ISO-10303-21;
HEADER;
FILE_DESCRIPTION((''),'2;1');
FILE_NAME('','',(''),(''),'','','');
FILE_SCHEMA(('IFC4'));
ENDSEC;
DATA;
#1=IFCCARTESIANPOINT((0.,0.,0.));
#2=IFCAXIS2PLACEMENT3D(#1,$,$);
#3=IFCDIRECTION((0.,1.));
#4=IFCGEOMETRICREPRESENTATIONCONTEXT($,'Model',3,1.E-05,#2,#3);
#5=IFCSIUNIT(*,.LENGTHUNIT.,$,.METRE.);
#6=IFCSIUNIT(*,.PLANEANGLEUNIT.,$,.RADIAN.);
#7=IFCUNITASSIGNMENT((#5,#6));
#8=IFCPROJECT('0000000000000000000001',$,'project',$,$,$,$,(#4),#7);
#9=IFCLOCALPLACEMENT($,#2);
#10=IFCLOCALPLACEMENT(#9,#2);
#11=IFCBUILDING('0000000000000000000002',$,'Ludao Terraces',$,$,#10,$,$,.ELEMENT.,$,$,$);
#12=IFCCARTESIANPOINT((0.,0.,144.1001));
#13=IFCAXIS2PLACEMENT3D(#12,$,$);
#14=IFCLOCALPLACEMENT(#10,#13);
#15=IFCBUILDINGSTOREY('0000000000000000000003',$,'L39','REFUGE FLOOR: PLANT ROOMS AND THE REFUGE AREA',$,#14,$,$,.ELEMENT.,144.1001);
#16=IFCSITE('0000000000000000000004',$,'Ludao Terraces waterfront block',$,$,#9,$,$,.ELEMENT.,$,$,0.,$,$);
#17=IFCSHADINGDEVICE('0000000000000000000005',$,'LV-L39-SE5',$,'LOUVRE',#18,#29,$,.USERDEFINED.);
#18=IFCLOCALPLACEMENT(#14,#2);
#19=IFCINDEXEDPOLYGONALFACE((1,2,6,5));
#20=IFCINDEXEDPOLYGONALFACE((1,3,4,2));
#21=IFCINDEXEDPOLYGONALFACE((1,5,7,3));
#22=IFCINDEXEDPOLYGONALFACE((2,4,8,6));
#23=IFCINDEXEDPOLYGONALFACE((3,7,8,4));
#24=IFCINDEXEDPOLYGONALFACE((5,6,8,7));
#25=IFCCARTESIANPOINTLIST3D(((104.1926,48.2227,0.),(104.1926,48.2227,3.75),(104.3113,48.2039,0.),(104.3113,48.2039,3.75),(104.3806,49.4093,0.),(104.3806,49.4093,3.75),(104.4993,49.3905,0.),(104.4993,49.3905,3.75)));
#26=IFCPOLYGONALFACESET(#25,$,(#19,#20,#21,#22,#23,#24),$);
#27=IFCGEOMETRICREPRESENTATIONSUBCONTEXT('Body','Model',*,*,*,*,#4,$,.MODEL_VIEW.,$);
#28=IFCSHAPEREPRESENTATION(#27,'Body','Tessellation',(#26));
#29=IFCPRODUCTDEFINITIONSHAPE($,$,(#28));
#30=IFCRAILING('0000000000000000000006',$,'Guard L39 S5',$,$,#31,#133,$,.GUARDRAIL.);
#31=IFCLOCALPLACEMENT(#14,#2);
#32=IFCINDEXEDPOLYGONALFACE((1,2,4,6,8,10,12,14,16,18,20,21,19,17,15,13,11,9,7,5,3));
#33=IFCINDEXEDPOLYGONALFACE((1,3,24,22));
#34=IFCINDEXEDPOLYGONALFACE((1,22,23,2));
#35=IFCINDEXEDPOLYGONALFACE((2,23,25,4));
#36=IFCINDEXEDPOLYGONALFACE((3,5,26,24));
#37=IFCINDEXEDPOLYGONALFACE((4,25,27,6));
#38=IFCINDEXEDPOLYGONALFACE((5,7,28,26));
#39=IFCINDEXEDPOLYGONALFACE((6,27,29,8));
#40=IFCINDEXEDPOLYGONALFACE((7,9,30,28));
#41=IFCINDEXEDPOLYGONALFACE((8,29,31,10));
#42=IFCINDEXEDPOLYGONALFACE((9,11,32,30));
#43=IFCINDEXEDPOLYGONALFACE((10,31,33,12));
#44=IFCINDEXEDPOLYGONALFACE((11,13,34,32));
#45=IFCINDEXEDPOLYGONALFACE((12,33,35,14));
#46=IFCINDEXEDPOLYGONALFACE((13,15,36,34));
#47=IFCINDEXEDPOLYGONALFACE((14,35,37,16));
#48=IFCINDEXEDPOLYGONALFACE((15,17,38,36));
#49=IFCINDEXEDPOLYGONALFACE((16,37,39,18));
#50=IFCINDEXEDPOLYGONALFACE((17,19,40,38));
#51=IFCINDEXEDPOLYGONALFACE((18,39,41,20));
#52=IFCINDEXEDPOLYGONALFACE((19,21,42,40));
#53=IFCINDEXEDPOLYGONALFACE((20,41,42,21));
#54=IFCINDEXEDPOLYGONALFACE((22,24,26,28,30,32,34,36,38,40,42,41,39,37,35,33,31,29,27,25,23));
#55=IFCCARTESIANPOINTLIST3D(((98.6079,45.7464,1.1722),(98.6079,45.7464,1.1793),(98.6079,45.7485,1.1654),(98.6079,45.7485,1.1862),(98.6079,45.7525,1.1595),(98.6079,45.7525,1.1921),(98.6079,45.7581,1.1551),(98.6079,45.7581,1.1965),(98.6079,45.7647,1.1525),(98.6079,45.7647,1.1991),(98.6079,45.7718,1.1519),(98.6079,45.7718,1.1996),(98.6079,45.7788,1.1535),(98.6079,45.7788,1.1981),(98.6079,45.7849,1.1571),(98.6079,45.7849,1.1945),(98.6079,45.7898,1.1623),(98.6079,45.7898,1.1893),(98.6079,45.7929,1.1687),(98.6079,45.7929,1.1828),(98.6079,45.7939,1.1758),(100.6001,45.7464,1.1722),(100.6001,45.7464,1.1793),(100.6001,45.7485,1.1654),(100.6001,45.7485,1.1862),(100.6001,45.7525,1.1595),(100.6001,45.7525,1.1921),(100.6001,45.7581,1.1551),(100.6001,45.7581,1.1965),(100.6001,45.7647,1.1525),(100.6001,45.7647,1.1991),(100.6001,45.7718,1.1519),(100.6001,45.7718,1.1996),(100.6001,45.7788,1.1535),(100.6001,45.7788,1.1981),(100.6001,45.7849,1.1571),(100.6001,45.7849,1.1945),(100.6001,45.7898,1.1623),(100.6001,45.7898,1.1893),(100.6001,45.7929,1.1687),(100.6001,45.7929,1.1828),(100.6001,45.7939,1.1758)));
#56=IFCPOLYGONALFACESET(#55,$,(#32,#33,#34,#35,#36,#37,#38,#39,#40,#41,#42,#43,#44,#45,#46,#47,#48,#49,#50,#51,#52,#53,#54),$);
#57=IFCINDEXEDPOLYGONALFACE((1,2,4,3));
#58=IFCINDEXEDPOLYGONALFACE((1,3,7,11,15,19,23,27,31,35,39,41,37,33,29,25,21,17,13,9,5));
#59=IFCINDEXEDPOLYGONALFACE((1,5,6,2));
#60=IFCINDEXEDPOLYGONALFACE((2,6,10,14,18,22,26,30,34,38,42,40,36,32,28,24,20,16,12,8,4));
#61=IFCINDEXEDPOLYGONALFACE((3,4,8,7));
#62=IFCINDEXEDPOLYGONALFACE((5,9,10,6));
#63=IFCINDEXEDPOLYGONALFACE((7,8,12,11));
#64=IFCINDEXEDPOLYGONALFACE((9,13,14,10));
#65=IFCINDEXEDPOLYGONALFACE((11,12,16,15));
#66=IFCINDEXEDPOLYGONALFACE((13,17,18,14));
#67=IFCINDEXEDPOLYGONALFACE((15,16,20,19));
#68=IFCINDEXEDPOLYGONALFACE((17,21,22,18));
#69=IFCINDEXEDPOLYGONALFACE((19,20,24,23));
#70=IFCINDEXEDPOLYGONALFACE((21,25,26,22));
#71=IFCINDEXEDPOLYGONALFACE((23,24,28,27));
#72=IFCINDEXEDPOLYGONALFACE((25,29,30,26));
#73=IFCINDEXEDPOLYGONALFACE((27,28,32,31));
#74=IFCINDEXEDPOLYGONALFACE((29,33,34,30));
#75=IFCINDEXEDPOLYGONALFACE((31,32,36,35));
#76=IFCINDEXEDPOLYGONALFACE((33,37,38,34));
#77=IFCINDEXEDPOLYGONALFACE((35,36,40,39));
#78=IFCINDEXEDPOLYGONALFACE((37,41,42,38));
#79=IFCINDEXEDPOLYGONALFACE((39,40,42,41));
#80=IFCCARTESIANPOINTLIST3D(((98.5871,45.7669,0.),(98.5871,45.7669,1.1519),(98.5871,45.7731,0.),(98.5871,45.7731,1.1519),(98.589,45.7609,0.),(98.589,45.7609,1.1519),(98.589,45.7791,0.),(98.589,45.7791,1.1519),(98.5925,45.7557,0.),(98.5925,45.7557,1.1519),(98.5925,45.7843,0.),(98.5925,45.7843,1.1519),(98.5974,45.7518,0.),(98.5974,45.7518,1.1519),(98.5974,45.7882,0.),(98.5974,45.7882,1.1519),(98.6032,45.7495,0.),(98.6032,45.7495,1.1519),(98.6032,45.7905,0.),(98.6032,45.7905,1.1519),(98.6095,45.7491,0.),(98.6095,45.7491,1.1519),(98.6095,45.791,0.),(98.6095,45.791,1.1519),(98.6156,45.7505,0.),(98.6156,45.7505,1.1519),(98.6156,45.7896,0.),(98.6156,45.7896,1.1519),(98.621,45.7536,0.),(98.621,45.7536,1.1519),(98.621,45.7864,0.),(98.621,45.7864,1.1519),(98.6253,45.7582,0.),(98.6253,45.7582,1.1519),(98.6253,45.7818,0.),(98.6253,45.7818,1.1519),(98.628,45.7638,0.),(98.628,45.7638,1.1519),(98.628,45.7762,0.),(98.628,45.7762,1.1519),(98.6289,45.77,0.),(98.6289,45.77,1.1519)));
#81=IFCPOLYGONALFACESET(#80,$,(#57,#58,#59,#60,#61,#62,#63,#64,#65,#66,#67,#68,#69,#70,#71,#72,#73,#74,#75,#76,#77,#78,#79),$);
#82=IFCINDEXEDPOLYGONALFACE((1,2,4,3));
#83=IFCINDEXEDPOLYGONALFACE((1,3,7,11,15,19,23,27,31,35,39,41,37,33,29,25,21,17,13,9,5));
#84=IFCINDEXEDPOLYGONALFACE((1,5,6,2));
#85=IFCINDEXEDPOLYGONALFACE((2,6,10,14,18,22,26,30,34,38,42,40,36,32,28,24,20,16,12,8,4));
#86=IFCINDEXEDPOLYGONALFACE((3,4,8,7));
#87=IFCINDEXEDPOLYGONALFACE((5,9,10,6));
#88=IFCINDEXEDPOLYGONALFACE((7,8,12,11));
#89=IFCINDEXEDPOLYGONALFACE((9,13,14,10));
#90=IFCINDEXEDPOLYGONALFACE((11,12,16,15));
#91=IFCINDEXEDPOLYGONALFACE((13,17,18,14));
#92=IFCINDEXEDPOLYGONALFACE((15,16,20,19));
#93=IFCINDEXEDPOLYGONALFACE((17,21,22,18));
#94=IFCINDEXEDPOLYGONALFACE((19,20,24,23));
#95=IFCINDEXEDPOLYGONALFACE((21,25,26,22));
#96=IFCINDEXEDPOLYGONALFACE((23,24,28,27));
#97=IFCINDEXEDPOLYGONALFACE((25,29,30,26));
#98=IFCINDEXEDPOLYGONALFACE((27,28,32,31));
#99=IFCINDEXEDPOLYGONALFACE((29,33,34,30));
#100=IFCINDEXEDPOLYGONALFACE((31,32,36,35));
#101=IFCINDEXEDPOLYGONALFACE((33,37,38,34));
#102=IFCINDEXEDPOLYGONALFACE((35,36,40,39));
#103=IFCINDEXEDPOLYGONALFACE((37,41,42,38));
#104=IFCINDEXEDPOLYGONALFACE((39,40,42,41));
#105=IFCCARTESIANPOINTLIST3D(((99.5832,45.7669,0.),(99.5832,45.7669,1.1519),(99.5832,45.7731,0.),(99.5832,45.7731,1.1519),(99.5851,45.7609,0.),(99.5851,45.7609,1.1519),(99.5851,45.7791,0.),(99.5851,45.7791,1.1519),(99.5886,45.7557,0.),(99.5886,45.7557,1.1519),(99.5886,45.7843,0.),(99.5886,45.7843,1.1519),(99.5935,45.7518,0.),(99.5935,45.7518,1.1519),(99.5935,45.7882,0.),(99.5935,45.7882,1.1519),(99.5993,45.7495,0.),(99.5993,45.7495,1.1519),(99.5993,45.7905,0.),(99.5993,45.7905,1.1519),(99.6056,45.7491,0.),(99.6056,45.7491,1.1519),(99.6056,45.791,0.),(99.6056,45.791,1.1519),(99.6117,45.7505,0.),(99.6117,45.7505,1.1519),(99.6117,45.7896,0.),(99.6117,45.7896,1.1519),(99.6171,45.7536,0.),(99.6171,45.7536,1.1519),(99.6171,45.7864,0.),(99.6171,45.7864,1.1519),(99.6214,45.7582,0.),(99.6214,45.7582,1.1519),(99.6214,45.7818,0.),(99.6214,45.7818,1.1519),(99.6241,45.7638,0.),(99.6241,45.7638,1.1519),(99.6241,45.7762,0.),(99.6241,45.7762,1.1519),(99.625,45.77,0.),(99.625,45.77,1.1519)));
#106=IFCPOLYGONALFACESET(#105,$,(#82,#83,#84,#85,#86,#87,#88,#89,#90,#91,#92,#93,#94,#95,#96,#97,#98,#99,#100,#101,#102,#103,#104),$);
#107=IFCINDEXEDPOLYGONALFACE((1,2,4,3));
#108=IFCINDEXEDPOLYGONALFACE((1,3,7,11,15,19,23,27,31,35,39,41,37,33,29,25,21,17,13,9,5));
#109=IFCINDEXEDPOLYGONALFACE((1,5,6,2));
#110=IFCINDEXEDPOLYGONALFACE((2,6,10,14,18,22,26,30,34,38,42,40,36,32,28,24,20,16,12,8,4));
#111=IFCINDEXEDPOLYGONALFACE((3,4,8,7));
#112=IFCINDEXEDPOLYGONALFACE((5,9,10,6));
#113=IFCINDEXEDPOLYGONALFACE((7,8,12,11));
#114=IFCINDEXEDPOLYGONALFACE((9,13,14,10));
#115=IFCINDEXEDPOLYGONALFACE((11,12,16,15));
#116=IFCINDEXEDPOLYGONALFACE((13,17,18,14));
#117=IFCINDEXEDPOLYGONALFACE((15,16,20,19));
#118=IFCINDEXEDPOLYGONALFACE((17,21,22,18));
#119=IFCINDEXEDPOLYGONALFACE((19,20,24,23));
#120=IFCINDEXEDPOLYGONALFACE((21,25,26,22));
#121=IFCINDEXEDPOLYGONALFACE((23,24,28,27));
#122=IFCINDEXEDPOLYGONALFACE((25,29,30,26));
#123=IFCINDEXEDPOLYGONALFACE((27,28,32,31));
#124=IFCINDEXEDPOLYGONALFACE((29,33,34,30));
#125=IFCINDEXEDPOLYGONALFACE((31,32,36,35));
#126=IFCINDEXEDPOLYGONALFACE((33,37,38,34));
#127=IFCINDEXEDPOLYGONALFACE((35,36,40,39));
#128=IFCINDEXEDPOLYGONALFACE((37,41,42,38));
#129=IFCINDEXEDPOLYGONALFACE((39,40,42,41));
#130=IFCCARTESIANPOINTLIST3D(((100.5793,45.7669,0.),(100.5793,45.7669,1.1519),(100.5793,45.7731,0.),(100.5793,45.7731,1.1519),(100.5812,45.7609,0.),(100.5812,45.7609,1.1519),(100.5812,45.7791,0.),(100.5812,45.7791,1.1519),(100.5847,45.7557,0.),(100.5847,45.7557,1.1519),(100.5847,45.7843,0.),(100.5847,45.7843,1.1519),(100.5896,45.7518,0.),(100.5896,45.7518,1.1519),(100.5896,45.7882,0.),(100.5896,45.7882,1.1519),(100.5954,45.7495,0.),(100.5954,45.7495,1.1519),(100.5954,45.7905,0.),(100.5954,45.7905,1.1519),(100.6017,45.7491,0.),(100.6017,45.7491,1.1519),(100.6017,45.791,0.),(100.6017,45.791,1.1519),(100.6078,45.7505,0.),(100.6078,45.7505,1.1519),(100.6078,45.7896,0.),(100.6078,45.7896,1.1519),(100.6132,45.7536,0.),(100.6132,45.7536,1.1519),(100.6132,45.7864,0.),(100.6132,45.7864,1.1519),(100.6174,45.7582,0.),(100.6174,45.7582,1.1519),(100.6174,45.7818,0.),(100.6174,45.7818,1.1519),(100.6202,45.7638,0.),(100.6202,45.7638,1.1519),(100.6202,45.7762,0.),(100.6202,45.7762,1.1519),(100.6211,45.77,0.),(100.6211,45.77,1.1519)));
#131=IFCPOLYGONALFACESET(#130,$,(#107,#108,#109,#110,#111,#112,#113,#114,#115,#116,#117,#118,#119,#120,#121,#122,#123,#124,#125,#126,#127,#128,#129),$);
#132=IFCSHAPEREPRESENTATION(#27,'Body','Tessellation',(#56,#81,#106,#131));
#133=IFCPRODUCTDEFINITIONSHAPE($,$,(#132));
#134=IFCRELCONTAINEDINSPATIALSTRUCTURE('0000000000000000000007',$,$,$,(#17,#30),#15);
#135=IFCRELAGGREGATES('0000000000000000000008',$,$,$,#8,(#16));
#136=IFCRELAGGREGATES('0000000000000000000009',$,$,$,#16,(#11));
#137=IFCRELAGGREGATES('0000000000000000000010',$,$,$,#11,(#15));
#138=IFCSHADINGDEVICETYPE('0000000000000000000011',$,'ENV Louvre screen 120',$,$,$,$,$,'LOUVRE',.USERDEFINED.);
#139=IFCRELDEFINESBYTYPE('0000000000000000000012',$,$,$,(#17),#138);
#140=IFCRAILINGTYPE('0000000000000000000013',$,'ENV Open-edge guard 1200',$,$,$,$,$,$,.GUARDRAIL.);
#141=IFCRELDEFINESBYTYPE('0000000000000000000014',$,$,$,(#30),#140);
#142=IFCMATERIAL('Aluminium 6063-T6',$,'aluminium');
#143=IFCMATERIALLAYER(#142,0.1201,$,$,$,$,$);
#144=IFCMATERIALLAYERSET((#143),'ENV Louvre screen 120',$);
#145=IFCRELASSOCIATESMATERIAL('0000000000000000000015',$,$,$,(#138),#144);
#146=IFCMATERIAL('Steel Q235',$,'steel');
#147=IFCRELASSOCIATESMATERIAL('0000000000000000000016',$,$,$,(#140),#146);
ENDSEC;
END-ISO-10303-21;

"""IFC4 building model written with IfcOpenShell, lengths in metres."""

from ifc_helpers import new_model, si_unit, direction, frame, frame_2d, origin, origin_2d, place, context, subcontext, project, spatial, rectangle, circle, extrude, material, layer, layer_set, type_object, element, save


model = new_model("IFC4")

# Units and contexts
model_context = context("Model", 3, precision=1e-05, world=origin(), true_north=direction((0.0, 1.0)))
body_context = subcontext(model_context, "Body", "Model", "MODEL_VIEW")
ifc_project = project(units=[si_unit("LENGTHUNIT", "METRE"), si_unit("PLANEANGLEUNIT", "RADIAN")], contexts=[model_context])

# Site, building, storey
site_placement = place(None, origin())
site = spatial("IfcSite", under=ifc_project, at=site_placement, Name="Ludao Terraces waterfront block", CompositionType="ELEMENT", RefElevation=0.0)
building_placement = place(site_placement, origin())
building = spatial("IfcBuilding", under=site, at=building_placement, Name="Ludao Terraces", CompositionType="ELEMENT")
storey_placement = place(building_placement, frame((0.0, 0.0, 144.1001)))
storey = spatial("IfcBuildingStorey", under=building, at=storey_placement, Name="L39", Description="REFUGE FLOOR: PLANT ROOMS AND THE REFUGE AREA", CompositionType="ELEMENT", Elevation=144.1001)

# Shared definitions
ifc_material_1 = material(Name="Steel Q235", Category="steel")

# Shading device
ifc_material_2 = material(Name="Aluminium 6063-T6", Category="aluminium")
ifc_layer_1 = layer(ifc_material_2, 0.1201)
ifc_layer_set_1 = layer_set([ifc_layer_1], Name="ENV Louvre screen 120")
shading_device_type = type_object("IfcShadingDeviceType", Name="ENV Louvre screen 120", ElementType="LOUVRE", PredefinedType="USERDEFINED", material=ifc_layer_set_1)
for number, where, z_axis, x_axis, name in (
    (1, (104.252, 48.2134, 0.0), (0.0, 0.0, 1.0), (0.156484, 0.98768, 0.0), "LV-L39-SE5"),
):
    element("IfcShadingDevice", number, at=place(storey_placement, frame(where, z_axis=z_axis, x_axis=x_axis)), inside=storey, type_object=shading_device_type, Name=name, ObjectType="LOUVRE", PredefinedType="USERDEFINED", context=body_context, shape_type="SweptSolid", body=[
        extrude(rectangle(XDim=1.2014, YDim=0.1201, at=frame_2d((0.6006, 0.0))), origin(), (0.0, 0.0, 1.0), 3.75),
    ])

# Railing
railing_type = type_object("IfcRailingType", Name="ENV Open-edge guard 1200", PredefinedType="GUARDRAIL", material=ifc_material_1)
railing_1_placement = place(storey_placement, frame((98.6079, 45.77, 0.0)))
element("IfcRailing", 2, at=railing_1_placement, inside=storey, type_object=railing_type, Name="Guard L39 S5", PredefinedType="GUARDRAIL", context=body_context, shape_type="SweptSolid", body=[
    extrude(circle(Radius=0.0239, at=origin_2d()), frame((0.0, 0.0, 1.1758), z_axis=(1.0, 0.0, 0.0), x_axis=(0.0, 1.0, 0.0)), (0.0, 0.0, 1.0), 1.9922),
    extrude(circle(Radius=0.021, at=origin_2d()), origin(), (0.0, 0.0, 1.0), 1.1519),
    extrude(circle(Radius=0.021, at=origin_2d()), frame((0.9961, 0.0, 0.0)), (0.0, 0.0, 1.0), 1.1519),
    extrude(circle(Radius=0.021, at=origin_2d()), frame((1.9922, 0.0, 0.0)), (0.0, 0.0, 1.0), 1.1519),
])

save(model, "model.ifc")
